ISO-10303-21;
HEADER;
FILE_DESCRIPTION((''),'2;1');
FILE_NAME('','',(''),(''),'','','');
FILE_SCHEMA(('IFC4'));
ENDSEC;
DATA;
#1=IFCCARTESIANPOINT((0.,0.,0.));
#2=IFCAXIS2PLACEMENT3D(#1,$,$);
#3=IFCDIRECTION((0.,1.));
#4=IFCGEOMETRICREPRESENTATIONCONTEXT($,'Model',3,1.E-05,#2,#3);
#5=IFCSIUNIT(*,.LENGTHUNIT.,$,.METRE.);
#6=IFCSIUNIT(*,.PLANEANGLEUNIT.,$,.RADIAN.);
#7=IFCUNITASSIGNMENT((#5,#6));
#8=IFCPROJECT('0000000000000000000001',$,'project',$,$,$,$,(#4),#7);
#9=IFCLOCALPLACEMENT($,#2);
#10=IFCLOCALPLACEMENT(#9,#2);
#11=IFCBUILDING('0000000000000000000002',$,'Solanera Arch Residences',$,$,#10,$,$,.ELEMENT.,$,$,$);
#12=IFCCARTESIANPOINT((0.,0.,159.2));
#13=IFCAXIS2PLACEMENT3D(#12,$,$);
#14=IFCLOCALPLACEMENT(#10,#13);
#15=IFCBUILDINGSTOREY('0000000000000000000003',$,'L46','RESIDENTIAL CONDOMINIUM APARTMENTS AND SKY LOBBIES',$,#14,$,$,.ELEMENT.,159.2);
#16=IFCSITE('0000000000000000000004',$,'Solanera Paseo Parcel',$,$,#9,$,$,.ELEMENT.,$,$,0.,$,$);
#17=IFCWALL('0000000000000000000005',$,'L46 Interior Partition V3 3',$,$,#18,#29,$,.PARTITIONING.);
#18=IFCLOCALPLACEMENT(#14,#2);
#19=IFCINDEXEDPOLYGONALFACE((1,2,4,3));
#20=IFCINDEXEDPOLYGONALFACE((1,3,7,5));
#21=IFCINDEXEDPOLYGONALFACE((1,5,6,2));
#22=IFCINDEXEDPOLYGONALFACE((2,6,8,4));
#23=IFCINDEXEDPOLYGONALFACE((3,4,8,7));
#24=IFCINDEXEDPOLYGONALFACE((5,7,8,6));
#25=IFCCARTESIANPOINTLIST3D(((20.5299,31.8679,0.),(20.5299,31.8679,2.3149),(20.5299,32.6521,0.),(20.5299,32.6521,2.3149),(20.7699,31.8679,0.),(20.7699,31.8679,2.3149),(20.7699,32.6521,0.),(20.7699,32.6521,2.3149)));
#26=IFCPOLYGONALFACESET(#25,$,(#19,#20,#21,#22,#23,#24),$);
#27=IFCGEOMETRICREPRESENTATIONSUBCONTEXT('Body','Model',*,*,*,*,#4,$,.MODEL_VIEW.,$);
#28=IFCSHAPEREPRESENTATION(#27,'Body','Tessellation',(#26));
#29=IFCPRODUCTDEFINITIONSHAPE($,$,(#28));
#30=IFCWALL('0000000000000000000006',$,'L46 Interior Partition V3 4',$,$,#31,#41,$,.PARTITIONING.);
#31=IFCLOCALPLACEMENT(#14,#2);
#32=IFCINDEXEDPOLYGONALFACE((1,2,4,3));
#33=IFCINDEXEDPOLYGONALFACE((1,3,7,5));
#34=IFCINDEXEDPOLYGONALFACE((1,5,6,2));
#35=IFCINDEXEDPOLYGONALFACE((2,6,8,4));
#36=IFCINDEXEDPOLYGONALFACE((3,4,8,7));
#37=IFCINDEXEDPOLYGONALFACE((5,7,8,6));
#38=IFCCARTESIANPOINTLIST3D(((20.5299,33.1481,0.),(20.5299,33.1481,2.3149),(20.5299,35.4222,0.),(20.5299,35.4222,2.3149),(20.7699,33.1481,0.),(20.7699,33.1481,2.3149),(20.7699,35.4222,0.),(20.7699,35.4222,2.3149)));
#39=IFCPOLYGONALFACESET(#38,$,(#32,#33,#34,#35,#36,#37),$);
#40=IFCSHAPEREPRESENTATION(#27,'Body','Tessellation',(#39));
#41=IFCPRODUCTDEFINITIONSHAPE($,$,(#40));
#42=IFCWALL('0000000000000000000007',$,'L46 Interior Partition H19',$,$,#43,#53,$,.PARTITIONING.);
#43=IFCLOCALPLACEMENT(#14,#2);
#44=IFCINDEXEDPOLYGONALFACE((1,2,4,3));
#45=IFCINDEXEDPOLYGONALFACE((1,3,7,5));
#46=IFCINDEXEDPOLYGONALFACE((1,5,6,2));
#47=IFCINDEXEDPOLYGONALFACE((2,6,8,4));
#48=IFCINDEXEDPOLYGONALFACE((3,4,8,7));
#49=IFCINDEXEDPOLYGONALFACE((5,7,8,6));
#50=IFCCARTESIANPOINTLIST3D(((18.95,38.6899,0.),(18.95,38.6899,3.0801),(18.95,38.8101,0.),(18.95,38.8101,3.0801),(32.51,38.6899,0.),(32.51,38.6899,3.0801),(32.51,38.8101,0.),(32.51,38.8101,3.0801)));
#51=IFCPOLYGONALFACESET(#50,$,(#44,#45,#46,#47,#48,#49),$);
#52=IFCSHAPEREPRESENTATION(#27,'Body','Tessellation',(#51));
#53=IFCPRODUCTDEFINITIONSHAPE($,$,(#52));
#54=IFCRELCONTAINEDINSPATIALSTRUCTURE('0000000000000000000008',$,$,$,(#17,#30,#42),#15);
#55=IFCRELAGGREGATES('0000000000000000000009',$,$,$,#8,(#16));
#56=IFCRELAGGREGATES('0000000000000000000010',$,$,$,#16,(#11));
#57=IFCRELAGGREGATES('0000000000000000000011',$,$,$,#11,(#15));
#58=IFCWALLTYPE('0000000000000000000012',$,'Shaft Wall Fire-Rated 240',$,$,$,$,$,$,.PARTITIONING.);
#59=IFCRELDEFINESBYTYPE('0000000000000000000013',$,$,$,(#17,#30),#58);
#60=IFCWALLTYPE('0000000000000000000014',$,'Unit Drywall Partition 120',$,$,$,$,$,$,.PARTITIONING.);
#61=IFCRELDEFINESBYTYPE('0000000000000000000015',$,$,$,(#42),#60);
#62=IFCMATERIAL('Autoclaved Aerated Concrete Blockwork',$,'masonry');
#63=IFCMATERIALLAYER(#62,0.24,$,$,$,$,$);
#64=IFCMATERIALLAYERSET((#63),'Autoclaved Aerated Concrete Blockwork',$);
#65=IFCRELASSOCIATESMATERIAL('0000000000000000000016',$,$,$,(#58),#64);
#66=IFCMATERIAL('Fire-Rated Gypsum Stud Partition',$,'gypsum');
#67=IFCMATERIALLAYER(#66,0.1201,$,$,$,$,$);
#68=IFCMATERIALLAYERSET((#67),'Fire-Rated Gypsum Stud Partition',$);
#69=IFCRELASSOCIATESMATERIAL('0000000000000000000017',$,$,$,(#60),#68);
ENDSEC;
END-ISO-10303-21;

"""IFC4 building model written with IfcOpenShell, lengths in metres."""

from ifc_helpers import new_model, si_unit, direction, frame, frame_2d, origin, place, context, subcontext, project, spatial, rectangle, extrude, material, layer, layer_set, type_object, element, save


model = new_model("IFC4")

# Units and contexts
model_context = context("Model", 3, precision=1e-05, world=origin(), true_north=direction((0.0, 1.0)))
body_context = subcontext(model_context, "Body", "Model", "MODEL_VIEW")
ifc_project = project(units=[si_unit("LENGTHUNIT", "METRE"), si_unit("PLANEANGLEUNIT", "RADIAN")], contexts=[model_context])

# Site, building, storey
site_placement = place(None, origin())
site = spatial("IfcSite", under=ifc_project, at=site_placement, Name="Solanera Paseo Parcel", CompositionType="ELEMENT", RefElevation=0.0)
building_placement = place(site_placement, origin())
building = spatial("IfcBuilding", under=site, at=building_placement, Name="Solanera Arch Residences", CompositionType="ELEMENT")
storey_placement = place(building_placement, frame((0.0, 0.0, 159.2)))
storey = spatial("IfcBuildingStorey", under=building, at=storey_placement, Name="L46", Description="RESIDENTIAL CONDOMINIUM APARTMENTS AND SKY LOBBIES", CompositionType="ELEMENT", Elevation=159.2)

# Shared definitions
ifc_material_1 = material(Name="Autoclaved Aerated Concrete Blockwork", Category="masonry")
ifc_layer_1 = layer(ifc_material_1, 0.24)
ifc_layer_set_1 = layer_set([ifc_layer_1], Name="Autoclaved Aerated Concrete Blockwork")
wall_type_1 = type_object("IfcWallType", Name="Shaft Wall Fire-Rated 240", PredefinedType="PARTITIONING", material=ifc_layer_set_1)

# Walls
wall_1_placement = place(storey_placement, frame((20.6499, 31.8679, 0.0), z_axis=(0.0, 0.0, 1.0), x_axis=(0.0, 1.0, 0.0)))
element("IfcWall", 1, at=wall_1_placement, inside=storey, type_object=wall_type_1, Name="L46 Interior Partition V3 3", PredefinedType="PARTITIONING", context=body_context, shape_type="SweptSolid", body=[
    extrude(rectangle(XDim=0.7842, YDim=0.24, at=frame_2d((0.3921, 0.0))), origin(), (0.0, 0.0, 1.0), 2.3149),
])
wall_2_placement = place(storey_placement, frame((20.6499, 33.1479, 0.0), z_axis=(0.0, 0.0, 1.0), x_axis=(0.0, 1.0, 0.0)))
element("IfcWall", 2, at=wall_2_placement, inside=storey, type_object=wall_type_1, Name="L46 Interior Partition V3 4", PredefinedType="PARTITIONING", context=body_context, shape_type="SweptSolid", body=[
    extrude(rectangle(XDim=2.2742, YDim=0.24, at=frame_2d((1.1372, 0.0))), origin(), (0.0, 0.0, 1.0), 2.3149),
])
ifc_material_2 = material(Name="Fire-Rated Gypsum Stud Partition", Category="gypsum")
ifc_layer_2 = layer(ifc_material_2, 0.1201)
ifc_layer_set_2 = layer_set([ifc_layer_2], Name="Fire-Rated Gypsum Stud Partition")
wall_type_2 = type_object("IfcWallType", Name="Unit Drywall Partition 120", PredefinedType="PARTITIONING", material=ifc_layer_set_2)
wall_3_placement = place(storey_placement, frame((18.95, 38.75, 0.0), z_axis=(0.0, 0.0, 1.0), x_axis=(1.0, 0.0, 0.0)))
element("IfcWall", 3, at=wall_3_placement, inside=storey, type_object=wall_type_2, Name="L46 Interior Partition H19", PredefinedType="PARTITIONING", context=body_context, shape_type="SweptSolid", body=[
    extrude(rectangle(XDim=13.5601, YDim=0.1201, at=frame_2d((6.78, 0.0))), origin(), (0.0, 0.0, 1.0), 3.0801),
])

save(model, "model.ifc")
